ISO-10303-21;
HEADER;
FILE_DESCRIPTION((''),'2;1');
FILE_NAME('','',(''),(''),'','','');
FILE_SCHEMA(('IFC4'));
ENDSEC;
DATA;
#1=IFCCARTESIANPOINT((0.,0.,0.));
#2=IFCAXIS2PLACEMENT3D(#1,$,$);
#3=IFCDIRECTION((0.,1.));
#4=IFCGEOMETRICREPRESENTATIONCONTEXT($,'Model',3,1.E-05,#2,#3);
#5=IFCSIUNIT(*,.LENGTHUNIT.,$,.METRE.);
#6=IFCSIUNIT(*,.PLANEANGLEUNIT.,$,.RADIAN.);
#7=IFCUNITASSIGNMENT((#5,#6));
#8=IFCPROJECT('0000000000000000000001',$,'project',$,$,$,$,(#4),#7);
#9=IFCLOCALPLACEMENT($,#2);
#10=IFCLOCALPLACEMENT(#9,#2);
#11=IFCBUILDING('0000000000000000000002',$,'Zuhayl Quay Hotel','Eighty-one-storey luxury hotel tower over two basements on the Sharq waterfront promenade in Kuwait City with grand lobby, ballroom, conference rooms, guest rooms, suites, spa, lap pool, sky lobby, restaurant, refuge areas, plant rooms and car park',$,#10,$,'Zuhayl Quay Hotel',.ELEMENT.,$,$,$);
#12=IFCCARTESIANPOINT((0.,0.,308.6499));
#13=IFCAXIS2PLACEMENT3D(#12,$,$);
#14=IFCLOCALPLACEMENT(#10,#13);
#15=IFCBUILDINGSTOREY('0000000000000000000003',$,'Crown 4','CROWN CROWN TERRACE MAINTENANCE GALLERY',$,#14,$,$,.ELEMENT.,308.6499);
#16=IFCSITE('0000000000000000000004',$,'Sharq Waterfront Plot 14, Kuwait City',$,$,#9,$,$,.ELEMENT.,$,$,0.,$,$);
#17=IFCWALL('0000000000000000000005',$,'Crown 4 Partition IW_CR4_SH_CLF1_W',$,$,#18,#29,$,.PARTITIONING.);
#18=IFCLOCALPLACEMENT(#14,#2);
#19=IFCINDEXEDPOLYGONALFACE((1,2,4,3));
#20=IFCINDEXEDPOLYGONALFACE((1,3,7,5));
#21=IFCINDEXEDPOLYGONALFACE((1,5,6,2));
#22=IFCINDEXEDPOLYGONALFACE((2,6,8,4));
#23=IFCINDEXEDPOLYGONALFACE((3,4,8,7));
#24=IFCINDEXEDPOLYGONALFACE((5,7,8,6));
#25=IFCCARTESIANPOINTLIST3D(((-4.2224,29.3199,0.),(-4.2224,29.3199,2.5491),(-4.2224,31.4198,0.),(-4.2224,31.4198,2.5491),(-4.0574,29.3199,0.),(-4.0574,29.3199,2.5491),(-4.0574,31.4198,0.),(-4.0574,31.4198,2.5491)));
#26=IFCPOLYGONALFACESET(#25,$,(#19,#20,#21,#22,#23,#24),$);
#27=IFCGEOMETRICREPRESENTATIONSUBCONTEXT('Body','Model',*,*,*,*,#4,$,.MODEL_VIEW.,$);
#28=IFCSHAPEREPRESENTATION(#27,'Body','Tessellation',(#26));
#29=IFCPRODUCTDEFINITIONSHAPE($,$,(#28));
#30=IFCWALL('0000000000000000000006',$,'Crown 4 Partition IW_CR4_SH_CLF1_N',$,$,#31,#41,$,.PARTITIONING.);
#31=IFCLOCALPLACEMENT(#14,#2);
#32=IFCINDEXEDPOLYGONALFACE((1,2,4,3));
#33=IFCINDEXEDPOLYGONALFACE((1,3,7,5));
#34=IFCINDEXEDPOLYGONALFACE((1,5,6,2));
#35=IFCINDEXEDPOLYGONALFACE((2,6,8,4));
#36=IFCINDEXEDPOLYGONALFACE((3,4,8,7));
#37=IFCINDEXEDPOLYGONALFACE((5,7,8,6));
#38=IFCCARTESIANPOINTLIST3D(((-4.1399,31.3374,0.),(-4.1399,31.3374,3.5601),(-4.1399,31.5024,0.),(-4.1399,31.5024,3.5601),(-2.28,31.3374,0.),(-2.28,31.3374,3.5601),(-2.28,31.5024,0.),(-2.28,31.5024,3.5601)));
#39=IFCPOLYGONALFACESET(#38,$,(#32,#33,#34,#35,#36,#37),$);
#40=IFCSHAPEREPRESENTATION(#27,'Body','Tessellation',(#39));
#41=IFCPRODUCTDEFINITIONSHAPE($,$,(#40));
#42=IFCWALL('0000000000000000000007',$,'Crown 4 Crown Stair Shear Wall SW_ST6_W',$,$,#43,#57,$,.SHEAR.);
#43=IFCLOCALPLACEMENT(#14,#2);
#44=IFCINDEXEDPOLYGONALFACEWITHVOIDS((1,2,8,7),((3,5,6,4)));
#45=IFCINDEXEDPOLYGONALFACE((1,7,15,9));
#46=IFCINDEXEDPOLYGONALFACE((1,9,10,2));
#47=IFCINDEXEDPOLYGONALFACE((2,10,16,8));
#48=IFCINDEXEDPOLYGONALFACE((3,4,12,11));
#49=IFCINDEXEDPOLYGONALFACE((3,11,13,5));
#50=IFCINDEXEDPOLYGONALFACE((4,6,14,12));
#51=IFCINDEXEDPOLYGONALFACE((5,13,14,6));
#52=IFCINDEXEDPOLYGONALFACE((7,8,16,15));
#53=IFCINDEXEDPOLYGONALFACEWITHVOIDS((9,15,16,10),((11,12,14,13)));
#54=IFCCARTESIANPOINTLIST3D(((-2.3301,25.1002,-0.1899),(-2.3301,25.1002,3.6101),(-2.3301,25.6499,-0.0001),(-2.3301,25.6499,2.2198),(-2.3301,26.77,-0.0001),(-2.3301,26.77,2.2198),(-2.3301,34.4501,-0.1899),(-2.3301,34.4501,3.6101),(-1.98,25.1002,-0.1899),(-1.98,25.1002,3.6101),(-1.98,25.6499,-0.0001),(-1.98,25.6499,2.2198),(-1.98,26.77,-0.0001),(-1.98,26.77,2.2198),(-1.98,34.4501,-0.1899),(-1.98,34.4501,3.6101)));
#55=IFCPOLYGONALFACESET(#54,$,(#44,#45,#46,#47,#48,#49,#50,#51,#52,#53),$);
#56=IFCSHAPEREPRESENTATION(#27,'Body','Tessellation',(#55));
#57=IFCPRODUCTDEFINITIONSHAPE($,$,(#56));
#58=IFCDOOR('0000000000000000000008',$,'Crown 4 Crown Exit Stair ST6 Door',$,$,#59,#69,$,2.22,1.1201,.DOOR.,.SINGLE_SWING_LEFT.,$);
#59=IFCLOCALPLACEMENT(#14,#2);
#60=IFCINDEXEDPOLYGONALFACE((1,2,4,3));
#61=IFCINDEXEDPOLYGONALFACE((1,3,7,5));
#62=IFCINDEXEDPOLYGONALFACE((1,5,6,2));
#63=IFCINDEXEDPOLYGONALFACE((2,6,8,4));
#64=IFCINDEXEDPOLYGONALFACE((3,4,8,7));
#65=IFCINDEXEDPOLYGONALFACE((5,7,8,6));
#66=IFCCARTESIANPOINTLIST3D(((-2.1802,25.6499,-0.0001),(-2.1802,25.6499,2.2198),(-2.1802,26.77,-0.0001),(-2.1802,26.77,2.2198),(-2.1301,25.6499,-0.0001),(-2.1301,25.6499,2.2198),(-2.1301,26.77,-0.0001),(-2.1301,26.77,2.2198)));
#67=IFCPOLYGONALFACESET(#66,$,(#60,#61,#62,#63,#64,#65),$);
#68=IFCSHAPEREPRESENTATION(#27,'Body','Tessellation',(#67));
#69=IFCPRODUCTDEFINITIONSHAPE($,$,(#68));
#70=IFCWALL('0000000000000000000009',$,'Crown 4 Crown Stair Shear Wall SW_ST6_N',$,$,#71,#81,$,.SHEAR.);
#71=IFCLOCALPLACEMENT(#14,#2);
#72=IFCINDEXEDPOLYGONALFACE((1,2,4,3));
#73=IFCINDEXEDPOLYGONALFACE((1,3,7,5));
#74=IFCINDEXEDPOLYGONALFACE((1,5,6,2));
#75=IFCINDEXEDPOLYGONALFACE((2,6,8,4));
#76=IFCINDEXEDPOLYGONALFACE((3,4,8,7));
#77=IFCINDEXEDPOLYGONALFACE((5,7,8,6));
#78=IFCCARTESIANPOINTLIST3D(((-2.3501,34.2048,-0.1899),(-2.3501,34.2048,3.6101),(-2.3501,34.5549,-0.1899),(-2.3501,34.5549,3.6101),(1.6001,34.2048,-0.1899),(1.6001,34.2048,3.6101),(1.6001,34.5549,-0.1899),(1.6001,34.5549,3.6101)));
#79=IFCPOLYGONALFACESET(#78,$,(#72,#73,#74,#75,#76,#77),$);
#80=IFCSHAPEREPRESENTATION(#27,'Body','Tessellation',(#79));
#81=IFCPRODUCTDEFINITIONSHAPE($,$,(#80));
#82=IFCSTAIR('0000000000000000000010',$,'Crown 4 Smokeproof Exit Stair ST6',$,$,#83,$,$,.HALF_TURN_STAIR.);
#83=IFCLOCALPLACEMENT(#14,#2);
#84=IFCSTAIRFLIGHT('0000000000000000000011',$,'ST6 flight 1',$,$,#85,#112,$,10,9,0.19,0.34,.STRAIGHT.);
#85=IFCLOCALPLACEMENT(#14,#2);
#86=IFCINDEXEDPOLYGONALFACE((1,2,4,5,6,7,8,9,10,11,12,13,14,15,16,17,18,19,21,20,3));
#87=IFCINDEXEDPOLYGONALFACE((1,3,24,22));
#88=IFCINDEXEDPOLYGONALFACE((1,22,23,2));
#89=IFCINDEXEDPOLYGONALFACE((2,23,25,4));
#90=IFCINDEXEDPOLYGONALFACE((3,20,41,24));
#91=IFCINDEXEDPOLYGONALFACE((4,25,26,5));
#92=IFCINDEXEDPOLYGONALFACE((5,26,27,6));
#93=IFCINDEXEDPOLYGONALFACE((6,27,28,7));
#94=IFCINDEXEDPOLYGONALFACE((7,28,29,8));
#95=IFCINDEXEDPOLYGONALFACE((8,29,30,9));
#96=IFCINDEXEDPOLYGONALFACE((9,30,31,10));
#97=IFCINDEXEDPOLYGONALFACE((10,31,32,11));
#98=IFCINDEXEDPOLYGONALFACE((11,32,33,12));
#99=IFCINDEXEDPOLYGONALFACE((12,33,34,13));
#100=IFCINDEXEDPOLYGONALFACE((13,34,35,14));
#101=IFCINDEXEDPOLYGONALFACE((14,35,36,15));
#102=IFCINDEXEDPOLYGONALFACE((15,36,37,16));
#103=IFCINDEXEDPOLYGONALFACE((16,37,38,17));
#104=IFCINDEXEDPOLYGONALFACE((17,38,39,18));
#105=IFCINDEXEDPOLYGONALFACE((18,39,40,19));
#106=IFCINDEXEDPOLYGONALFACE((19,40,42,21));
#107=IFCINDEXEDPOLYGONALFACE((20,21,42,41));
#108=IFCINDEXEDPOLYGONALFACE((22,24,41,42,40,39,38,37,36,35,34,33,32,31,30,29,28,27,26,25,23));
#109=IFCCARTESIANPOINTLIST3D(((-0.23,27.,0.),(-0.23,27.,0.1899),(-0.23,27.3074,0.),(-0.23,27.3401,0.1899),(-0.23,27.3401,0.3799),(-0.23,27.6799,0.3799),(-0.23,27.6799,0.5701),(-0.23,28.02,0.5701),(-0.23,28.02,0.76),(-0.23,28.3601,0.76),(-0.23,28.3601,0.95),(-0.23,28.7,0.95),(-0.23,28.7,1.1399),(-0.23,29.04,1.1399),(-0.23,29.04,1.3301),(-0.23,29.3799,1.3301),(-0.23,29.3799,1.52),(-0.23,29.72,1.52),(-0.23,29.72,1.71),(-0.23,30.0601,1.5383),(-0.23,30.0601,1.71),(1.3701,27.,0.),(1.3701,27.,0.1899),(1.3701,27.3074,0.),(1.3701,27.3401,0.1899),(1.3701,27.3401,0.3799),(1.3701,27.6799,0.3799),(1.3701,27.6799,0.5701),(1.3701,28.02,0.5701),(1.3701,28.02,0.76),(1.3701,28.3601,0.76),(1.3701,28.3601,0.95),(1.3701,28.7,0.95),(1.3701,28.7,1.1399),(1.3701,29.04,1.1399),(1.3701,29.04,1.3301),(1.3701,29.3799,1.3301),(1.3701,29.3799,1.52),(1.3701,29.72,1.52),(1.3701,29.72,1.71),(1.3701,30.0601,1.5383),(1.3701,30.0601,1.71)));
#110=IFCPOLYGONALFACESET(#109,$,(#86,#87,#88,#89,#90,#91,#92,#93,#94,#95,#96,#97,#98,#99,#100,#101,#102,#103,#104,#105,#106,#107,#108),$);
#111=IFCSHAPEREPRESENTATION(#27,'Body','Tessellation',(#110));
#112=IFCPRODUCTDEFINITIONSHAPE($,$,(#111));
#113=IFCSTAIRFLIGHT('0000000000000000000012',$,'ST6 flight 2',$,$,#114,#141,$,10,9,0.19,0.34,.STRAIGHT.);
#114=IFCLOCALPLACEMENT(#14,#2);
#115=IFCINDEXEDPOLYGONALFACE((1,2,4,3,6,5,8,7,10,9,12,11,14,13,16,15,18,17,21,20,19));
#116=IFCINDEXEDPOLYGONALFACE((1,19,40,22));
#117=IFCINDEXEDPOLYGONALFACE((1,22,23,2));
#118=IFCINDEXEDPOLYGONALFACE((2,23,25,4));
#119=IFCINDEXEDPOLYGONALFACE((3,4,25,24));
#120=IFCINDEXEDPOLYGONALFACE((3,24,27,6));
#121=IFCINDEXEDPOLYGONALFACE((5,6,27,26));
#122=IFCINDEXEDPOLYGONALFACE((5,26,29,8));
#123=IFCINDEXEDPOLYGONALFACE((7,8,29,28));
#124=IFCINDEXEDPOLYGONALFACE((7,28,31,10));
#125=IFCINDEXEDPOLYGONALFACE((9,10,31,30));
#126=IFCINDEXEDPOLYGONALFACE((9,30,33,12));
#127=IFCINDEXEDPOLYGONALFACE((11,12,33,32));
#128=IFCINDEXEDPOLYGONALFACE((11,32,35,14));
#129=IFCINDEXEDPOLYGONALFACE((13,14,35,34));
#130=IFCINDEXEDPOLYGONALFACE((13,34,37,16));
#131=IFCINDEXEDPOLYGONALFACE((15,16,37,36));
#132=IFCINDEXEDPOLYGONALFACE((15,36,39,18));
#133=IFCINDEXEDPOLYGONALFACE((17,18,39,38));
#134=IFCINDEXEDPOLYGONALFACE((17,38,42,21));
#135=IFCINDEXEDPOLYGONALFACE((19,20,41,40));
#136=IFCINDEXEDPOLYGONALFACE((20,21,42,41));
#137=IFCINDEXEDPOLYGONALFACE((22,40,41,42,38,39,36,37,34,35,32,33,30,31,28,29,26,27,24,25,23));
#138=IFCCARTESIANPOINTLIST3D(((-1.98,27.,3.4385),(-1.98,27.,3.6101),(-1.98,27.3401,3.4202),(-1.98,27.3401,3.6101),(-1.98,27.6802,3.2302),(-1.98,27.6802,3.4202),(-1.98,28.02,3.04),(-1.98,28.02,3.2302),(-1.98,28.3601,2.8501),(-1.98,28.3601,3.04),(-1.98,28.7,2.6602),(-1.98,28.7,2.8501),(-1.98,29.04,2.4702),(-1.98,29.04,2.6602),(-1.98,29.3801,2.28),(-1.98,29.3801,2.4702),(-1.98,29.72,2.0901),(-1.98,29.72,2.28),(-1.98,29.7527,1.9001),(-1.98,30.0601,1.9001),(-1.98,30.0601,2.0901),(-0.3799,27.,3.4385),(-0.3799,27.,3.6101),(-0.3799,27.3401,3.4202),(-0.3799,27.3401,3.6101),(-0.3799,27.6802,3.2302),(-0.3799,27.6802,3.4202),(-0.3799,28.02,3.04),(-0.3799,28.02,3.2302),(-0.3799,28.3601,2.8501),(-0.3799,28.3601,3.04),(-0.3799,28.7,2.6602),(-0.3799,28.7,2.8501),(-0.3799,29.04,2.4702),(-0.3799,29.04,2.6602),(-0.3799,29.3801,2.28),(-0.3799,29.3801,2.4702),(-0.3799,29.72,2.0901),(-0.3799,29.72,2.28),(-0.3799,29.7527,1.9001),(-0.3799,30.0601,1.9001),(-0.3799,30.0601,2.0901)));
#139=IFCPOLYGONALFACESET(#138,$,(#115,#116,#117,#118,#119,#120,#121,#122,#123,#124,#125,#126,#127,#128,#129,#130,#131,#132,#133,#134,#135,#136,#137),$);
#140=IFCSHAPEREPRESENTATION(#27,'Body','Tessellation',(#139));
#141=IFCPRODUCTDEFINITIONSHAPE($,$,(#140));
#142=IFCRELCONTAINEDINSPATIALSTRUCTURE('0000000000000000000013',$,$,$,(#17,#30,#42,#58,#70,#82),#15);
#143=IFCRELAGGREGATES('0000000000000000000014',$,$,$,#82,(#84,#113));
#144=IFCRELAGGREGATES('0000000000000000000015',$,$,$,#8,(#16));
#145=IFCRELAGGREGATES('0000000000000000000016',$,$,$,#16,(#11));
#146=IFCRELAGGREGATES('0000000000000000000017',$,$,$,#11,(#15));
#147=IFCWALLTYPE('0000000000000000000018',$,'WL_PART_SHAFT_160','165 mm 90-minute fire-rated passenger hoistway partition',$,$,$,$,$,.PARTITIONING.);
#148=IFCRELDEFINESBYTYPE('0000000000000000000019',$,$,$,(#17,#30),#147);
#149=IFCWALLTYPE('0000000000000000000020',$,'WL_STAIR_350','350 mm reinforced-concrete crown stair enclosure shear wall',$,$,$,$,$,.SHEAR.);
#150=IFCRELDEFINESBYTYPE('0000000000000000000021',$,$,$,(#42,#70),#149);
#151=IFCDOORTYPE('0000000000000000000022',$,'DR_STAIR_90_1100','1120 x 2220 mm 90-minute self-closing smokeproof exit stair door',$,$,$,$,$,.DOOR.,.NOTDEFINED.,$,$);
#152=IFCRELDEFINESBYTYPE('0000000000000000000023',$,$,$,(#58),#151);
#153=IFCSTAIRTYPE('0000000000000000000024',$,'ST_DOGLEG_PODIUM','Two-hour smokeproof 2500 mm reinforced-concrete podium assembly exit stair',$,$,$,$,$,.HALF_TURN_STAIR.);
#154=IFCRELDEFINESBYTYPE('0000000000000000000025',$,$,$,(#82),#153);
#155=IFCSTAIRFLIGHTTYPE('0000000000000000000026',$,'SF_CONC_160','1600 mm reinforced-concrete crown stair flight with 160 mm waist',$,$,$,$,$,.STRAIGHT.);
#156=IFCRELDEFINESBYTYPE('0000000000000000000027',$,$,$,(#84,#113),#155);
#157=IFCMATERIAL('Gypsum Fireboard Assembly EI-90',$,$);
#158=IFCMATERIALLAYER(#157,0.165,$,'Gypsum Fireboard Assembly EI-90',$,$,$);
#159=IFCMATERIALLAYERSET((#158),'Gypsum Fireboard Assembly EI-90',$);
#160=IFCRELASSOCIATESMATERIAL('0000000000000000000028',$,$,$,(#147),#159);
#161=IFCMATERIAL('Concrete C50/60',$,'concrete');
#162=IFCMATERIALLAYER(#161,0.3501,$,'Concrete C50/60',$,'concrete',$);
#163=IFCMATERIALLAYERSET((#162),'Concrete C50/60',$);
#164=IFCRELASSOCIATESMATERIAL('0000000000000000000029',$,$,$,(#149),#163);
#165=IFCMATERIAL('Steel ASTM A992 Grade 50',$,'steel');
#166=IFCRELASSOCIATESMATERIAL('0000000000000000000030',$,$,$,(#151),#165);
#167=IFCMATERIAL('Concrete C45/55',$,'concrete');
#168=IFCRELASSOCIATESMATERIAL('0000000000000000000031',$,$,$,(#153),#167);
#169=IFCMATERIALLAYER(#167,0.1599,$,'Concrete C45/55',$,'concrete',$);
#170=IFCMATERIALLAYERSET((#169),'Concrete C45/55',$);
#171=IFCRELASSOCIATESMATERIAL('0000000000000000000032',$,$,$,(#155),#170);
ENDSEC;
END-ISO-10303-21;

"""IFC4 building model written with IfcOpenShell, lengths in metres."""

from ifc_helpers import new_model, si_unit, direction, frame, frame_2d, origin, place, context, subcontext, project, spatial, polyline, rectangle, outline, extrude, material, layer, layer_set, type_object, element, fill, aggregate, save


model = new_model("IFC4")

# Units and contexts
model_context = context("Model", 3, precision=1e-05, world=origin(), true_north=direction((0.0, 1.0)))
body_context = subcontext(model_context, "Body", "Model", "MODEL_VIEW")
ifc_project = project(units=[si_unit("LENGTHUNIT", "METRE"), si_unit("PLANEANGLEUNIT", "RADIAN")], contexts=[model_context])

# Site, building, storey
site_placement = place(None, origin())
site = spatial("IfcSite", under=ifc_project, at=site_placement, Name="Sharq Waterfront Plot 14, Kuwait City", CompositionType="ELEMENT", RefElevation=0.0)
building_placement = place(site_placement, origin())
building = spatial("IfcBuilding", under=site, at=building_placement, Name="Zuhayl Quay Hotel", Description="Eighty-one-storey luxury hotel tower over two basements on the Sharq waterfront promenade in Kuwait City with grand lobby, ballroom, conference rooms, guest rooms, suites, spa, lap pool, sky lobby, restaurant, refuge areas, plant rooms and car park", LongName="Zuhayl Quay Hotel", CompositionType="ELEMENT")
storey_placement = place(building_placement, frame((0.0, 0.0, 308.6499)))
storey = spatial("IfcBuildingStorey", under=building, at=storey_placement, Name="Crown 4", Description="CROWN CROWN TERRACE MAINTENANCE GALLERY", CompositionType="ELEMENT", Elevation=308.6499)

# Shared definitions
ifc_material_1 = material(Name="Gypsum Fireboard Assembly EI-90")
ifc_layer_1 = layer(ifc_material_1, 0.165, Name="Gypsum Fireboard Assembly EI-90")
ifc_layer_set_1 = layer_set([ifc_layer_1], Name="Gypsum Fireboard Assembly EI-90")
wall_type_1 = type_object("IfcWallType", Name="WL_PART_SHAFT_160", Description="165 mm 90-minute fire-rated passenger hoistway partition", PredefinedType="PARTITIONING", material=ifc_layer_set_1)

# Walls
wall_1_placement = place(storey_placement, frame((-4.1399, 29.3201, 0.0), z_axis=(0.0, 0.0, 1.0), x_axis=(0.0, 1.0, 0.0)))
element("IfcWall", 1, at=wall_1_placement, inside=storey, type_object=wall_type_1, Name="Crown 4 Partition IW_CR4_SH_CLF1_W", PredefinedType="PARTITIONING", context=body_context, shape_type="SweptSolid", body=[
    extrude(rectangle(XDim=2.0999, YDim=0.165, at=frame_2d((1.0498, 0.0))), origin(), (0.0, 0.0, 1.0), 2.5491),
])
wall_2_placement = place(storey_placement, frame((-4.1399, 31.4199, 0.0), z_axis=(0.0, 0.0, 1.0), x_axis=(1.0, 0.0, 0.0)))
element("IfcWall", 2, at=wall_2_placement, inside=storey, type_object=wall_type_1, Name="Crown 4 Partition IW_CR4_SH_CLF1_N", PredefinedType="PARTITIONING", context=body_context, shape_type="SweptSolid", body=[
    extrude(rectangle(XDim=1.8599, YDim=0.165, at=frame_2d((0.9299, 0.0))), origin(), (0.0, 0.0, 1.0), 3.5601),
])

# Wall, opening, door
ifc_material_2 = material(Name="Concrete C50/60", Category="concrete")
ifc_layer_2 = layer(ifc_material_2, 0.3501, Name="Concrete C50/60", Category="concrete")
ifc_layer_set_2 = layer_set([ifc_layer_2], Name="Concrete C50/60")
wall_type_2 = type_object("IfcWallType", Name="WL_STAIR_350", Description="350 mm reinforced-concrete crown stair enclosure shear wall", PredefinedType="SHEAR", material=ifc_layer_set_2)
wall_3_placement = place(storey_placement, frame((-2.155, 34.45, -0.1899), z_axis=(0.0, 0.0, 1.0), x_axis=(0.0, -1.0, 0.0)))
wall_3 = element("IfcWall", 3, at=wall_3_placement, inside=storey, type_object=wall_type_2, Name="Crown 4 Crown Stair Shear Wall SW_ST6_W", PredefinedType="SHEAR", context=body_context, shape_type="SweptSolid", body=[
    extrude(rectangle(XDim=9.3499, YDim=0.3501, at=frame_2d((4.6748, 0.0))), origin(), (0.0, 0.0, 1.0), 3.8),
])
opening_1_placement = place(wall_3_placement, frame((7.6799, 0.0, 0.1899)))
opening_1 = element("IfcOpeningElement", 4, at=opening_1_placement, cuts=wall_3, PredefinedType="OPENING", context=body_context, shape_type="SweptSolid", body=[
    extrude(rectangle(XDim=1.1201, YDim=2.22, at=frame_2d((0.5601, 1.1099))), frame((0.0, 0.1851, 0.0), z_axis=(0.0, -1.0, 0.0), x_axis=(1.0, 0.0, 0.0)), (0.0, 0.0, 1.0), 0.3701),
])
ifc_material_3 = material(Name="Steel ASTM A992 Grade 50", Category="steel")
door_type_1 = type_object("IfcDoorType", Name="DR_STAIR_90_1100", Description="1120 x 2220 mm 90-minute self-closing smokeproof exit stair door", OperationType="NOTDEFINED", PredefinedType="DOOR", material=ifc_material_3)
door_1_placement = place(opening_1_placement, origin())
door_1 = element("IfcDoor", 5, at=door_1_placement, inside=storey, type_object=door_type_1, Name="Crown 4 Crown Exit Stair ST6 Door", OperationType="SINGLE_SWING_LEFT", OverallHeight=2.22, OverallWidth=1.1201, PredefinedType="DOOR", context=body_context, shape_type="SweptSolid", body=[
    extrude(rectangle(XDim=1.1201, YDim=2.22, at=frame_2d((0.5601, 1.1099))), frame((0.0, 0.0249, 0.0), z_axis=(0.0, -1.0, 0.0), x_axis=(1.0, 0.0, 0.0)), (0.0, 0.0, 1.0), 0.05),
])
fill(opening_1, door_1)

# Wall
wall_4_placement = place(storey_placement, frame((-2.3501, 34.3799, -0.1899), z_axis=(0.0, 0.0, 1.0), x_axis=(1.0, 0.0, 0.0)))
element("IfcWall", 6, at=wall_4_placement, inside=storey, type_object=wall_type_2, Name="Crown 4 Crown Stair Shear Wall SW_ST6_N", PredefinedType="SHEAR", context=body_context, shape_type="SweptSolid", body=[
    extrude(rectangle(XDim=3.9502, YDim=0.3501, at=frame_2d((1.9751, 0.0))), origin(), (0.0, 0.0, 1.0), 3.8),
])

# Stair, stair flights
ifc_material_4 = material(Name="Concrete C45/55", Category="concrete")
stair_type = type_object("IfcStairType", Name="ST_DOGLEG_PODIUM", Description="Two-hour smokeproof 2500 mm reinforced-concrete podium assembly exit stair", PredefinedType="HALF_TURN_STAIR", material=ifc_material_4)
stair_placement = place(storey_placement, origin())
stair = element("IfcStair", 7, at=stair_placement, inside=storey, type_object=stair_type, Name="Crown 4 Smokeproof Exit Stair ST6", PredefinedType="HALF_TURN_STAIR")
ifc_layer_3 = layer(ifc_material_4, 0.1599, Name="Concrete C45/55", Category="concrete")
ifc_layer_set_3 = layer_set([ifc_layer_3], Name="Concrete C45/55")
stair_flight_type = type_object("IfcStairFlightType", Name="SF_CONC_160", Description="1600 mm reinforced-concrete crown stair flight with 160 mm waist", PredefinedType="STRAIGHT", material=ifc_layer_set_3)
stair_flight_1_placement = place(storey_placement, frame((0.5701, 27.0, 0.0), z_axis=(0.0, 0.0, 1.0), x_axis=(0.0, 1.0, 0.0)))
stair_flight_1 = element("IfcStairFlight", 8, at=stair_flight_1_placement, type_object=stair_flight_type, Name="ST6 flight 1", NumberOfRisers=10, NumberOfTreads=9, PredefinedType="STRAIGHT", RiserHeight=0.19, TreadLength=0.34, context=body_context, shape_type="SweptSolid", body=[
    extrude(outline(polyline([(0.0, 0.0), (0.0, 0.1899), (0.3401, 0.1899), (0.3401, 0.3799), (0.6799, 0.3799), (0.6799, 0.5701), (1.02, 0.5701), (1.02, 0.76), (1.3601, 0.76), (1.3601, 0.95), (1.7, 0.95), (1.7, 1.1399), (2.04, 1.1399), (2.04, 1.3301), (2.3799, 1.3301), (2.3799, 1.52), (2.72, 1.52), (2.72, 1.71), (3.0601, 1.71), (3.0601, 1.8999), (3.0601, 1.5383), (0.3074, 0.0), (0.0, 0.0)])), frame((0.0, 0.8, 0.0), z_axis=(0.0, -1.0, 0.0), x_axis=(1.0, 0.0, 0.0)), (0.0, 0.0, 1.0), 1.6001),
])
stair_flight_2_placement = place(storey_placement, frame((-1.1799, 30.0601, 1.9001), z_axis=(0.0, 0.0, 1.0), x_axis=(0.0, -1.0, 0.0)))
stair_flight_2 = element("IfcStairFlight", 9, at=stair_flight_2_placement, type_object=stair_flight_type, Name="ST6 flight 2", NumberOfRisers=10, NumberOfTreads=9, PredefinedType="STRAIGHT", RiserHeight=0.19, TreadLength=0.34, context=body_context, shape_type="SweptSolid", body=[
    extrude(outline(polyline([(0.0, 0.0), (0.0, 0.1899), (0.3401, 0.1899), (0.3401, 0.3799), (0.6799, 0.3799), (0.6799, 0.5701), (1.02, 0.5701), (1.02, 0.76), (1.3601, 0.76), (1.3601, 0.95), (1.7, 0.95), (1.7, 1.1399), (2.04, 1.1399), (2.04, 1.3301), (2.3799, 1.3301), (2.3799, 1.52), (2.72, 1.52), (2.72, 1.71), (3.0601, 1.71), (3.0601, 1.8999), (3.0601, 1.5383), (0.3074, 0.0), (0.0, 0.0)])), frame((0.0, 0.8, 0.0), z_axis=(0.0, -1.0, 0.0), x_axis=(1.0, 0.0, 0.0)), (0.0, 0.0, 1.0), 1.6001),
])
aggregate(stair, [stair_flight_1, stair_flight_2])

save(model, "model.ifc")
